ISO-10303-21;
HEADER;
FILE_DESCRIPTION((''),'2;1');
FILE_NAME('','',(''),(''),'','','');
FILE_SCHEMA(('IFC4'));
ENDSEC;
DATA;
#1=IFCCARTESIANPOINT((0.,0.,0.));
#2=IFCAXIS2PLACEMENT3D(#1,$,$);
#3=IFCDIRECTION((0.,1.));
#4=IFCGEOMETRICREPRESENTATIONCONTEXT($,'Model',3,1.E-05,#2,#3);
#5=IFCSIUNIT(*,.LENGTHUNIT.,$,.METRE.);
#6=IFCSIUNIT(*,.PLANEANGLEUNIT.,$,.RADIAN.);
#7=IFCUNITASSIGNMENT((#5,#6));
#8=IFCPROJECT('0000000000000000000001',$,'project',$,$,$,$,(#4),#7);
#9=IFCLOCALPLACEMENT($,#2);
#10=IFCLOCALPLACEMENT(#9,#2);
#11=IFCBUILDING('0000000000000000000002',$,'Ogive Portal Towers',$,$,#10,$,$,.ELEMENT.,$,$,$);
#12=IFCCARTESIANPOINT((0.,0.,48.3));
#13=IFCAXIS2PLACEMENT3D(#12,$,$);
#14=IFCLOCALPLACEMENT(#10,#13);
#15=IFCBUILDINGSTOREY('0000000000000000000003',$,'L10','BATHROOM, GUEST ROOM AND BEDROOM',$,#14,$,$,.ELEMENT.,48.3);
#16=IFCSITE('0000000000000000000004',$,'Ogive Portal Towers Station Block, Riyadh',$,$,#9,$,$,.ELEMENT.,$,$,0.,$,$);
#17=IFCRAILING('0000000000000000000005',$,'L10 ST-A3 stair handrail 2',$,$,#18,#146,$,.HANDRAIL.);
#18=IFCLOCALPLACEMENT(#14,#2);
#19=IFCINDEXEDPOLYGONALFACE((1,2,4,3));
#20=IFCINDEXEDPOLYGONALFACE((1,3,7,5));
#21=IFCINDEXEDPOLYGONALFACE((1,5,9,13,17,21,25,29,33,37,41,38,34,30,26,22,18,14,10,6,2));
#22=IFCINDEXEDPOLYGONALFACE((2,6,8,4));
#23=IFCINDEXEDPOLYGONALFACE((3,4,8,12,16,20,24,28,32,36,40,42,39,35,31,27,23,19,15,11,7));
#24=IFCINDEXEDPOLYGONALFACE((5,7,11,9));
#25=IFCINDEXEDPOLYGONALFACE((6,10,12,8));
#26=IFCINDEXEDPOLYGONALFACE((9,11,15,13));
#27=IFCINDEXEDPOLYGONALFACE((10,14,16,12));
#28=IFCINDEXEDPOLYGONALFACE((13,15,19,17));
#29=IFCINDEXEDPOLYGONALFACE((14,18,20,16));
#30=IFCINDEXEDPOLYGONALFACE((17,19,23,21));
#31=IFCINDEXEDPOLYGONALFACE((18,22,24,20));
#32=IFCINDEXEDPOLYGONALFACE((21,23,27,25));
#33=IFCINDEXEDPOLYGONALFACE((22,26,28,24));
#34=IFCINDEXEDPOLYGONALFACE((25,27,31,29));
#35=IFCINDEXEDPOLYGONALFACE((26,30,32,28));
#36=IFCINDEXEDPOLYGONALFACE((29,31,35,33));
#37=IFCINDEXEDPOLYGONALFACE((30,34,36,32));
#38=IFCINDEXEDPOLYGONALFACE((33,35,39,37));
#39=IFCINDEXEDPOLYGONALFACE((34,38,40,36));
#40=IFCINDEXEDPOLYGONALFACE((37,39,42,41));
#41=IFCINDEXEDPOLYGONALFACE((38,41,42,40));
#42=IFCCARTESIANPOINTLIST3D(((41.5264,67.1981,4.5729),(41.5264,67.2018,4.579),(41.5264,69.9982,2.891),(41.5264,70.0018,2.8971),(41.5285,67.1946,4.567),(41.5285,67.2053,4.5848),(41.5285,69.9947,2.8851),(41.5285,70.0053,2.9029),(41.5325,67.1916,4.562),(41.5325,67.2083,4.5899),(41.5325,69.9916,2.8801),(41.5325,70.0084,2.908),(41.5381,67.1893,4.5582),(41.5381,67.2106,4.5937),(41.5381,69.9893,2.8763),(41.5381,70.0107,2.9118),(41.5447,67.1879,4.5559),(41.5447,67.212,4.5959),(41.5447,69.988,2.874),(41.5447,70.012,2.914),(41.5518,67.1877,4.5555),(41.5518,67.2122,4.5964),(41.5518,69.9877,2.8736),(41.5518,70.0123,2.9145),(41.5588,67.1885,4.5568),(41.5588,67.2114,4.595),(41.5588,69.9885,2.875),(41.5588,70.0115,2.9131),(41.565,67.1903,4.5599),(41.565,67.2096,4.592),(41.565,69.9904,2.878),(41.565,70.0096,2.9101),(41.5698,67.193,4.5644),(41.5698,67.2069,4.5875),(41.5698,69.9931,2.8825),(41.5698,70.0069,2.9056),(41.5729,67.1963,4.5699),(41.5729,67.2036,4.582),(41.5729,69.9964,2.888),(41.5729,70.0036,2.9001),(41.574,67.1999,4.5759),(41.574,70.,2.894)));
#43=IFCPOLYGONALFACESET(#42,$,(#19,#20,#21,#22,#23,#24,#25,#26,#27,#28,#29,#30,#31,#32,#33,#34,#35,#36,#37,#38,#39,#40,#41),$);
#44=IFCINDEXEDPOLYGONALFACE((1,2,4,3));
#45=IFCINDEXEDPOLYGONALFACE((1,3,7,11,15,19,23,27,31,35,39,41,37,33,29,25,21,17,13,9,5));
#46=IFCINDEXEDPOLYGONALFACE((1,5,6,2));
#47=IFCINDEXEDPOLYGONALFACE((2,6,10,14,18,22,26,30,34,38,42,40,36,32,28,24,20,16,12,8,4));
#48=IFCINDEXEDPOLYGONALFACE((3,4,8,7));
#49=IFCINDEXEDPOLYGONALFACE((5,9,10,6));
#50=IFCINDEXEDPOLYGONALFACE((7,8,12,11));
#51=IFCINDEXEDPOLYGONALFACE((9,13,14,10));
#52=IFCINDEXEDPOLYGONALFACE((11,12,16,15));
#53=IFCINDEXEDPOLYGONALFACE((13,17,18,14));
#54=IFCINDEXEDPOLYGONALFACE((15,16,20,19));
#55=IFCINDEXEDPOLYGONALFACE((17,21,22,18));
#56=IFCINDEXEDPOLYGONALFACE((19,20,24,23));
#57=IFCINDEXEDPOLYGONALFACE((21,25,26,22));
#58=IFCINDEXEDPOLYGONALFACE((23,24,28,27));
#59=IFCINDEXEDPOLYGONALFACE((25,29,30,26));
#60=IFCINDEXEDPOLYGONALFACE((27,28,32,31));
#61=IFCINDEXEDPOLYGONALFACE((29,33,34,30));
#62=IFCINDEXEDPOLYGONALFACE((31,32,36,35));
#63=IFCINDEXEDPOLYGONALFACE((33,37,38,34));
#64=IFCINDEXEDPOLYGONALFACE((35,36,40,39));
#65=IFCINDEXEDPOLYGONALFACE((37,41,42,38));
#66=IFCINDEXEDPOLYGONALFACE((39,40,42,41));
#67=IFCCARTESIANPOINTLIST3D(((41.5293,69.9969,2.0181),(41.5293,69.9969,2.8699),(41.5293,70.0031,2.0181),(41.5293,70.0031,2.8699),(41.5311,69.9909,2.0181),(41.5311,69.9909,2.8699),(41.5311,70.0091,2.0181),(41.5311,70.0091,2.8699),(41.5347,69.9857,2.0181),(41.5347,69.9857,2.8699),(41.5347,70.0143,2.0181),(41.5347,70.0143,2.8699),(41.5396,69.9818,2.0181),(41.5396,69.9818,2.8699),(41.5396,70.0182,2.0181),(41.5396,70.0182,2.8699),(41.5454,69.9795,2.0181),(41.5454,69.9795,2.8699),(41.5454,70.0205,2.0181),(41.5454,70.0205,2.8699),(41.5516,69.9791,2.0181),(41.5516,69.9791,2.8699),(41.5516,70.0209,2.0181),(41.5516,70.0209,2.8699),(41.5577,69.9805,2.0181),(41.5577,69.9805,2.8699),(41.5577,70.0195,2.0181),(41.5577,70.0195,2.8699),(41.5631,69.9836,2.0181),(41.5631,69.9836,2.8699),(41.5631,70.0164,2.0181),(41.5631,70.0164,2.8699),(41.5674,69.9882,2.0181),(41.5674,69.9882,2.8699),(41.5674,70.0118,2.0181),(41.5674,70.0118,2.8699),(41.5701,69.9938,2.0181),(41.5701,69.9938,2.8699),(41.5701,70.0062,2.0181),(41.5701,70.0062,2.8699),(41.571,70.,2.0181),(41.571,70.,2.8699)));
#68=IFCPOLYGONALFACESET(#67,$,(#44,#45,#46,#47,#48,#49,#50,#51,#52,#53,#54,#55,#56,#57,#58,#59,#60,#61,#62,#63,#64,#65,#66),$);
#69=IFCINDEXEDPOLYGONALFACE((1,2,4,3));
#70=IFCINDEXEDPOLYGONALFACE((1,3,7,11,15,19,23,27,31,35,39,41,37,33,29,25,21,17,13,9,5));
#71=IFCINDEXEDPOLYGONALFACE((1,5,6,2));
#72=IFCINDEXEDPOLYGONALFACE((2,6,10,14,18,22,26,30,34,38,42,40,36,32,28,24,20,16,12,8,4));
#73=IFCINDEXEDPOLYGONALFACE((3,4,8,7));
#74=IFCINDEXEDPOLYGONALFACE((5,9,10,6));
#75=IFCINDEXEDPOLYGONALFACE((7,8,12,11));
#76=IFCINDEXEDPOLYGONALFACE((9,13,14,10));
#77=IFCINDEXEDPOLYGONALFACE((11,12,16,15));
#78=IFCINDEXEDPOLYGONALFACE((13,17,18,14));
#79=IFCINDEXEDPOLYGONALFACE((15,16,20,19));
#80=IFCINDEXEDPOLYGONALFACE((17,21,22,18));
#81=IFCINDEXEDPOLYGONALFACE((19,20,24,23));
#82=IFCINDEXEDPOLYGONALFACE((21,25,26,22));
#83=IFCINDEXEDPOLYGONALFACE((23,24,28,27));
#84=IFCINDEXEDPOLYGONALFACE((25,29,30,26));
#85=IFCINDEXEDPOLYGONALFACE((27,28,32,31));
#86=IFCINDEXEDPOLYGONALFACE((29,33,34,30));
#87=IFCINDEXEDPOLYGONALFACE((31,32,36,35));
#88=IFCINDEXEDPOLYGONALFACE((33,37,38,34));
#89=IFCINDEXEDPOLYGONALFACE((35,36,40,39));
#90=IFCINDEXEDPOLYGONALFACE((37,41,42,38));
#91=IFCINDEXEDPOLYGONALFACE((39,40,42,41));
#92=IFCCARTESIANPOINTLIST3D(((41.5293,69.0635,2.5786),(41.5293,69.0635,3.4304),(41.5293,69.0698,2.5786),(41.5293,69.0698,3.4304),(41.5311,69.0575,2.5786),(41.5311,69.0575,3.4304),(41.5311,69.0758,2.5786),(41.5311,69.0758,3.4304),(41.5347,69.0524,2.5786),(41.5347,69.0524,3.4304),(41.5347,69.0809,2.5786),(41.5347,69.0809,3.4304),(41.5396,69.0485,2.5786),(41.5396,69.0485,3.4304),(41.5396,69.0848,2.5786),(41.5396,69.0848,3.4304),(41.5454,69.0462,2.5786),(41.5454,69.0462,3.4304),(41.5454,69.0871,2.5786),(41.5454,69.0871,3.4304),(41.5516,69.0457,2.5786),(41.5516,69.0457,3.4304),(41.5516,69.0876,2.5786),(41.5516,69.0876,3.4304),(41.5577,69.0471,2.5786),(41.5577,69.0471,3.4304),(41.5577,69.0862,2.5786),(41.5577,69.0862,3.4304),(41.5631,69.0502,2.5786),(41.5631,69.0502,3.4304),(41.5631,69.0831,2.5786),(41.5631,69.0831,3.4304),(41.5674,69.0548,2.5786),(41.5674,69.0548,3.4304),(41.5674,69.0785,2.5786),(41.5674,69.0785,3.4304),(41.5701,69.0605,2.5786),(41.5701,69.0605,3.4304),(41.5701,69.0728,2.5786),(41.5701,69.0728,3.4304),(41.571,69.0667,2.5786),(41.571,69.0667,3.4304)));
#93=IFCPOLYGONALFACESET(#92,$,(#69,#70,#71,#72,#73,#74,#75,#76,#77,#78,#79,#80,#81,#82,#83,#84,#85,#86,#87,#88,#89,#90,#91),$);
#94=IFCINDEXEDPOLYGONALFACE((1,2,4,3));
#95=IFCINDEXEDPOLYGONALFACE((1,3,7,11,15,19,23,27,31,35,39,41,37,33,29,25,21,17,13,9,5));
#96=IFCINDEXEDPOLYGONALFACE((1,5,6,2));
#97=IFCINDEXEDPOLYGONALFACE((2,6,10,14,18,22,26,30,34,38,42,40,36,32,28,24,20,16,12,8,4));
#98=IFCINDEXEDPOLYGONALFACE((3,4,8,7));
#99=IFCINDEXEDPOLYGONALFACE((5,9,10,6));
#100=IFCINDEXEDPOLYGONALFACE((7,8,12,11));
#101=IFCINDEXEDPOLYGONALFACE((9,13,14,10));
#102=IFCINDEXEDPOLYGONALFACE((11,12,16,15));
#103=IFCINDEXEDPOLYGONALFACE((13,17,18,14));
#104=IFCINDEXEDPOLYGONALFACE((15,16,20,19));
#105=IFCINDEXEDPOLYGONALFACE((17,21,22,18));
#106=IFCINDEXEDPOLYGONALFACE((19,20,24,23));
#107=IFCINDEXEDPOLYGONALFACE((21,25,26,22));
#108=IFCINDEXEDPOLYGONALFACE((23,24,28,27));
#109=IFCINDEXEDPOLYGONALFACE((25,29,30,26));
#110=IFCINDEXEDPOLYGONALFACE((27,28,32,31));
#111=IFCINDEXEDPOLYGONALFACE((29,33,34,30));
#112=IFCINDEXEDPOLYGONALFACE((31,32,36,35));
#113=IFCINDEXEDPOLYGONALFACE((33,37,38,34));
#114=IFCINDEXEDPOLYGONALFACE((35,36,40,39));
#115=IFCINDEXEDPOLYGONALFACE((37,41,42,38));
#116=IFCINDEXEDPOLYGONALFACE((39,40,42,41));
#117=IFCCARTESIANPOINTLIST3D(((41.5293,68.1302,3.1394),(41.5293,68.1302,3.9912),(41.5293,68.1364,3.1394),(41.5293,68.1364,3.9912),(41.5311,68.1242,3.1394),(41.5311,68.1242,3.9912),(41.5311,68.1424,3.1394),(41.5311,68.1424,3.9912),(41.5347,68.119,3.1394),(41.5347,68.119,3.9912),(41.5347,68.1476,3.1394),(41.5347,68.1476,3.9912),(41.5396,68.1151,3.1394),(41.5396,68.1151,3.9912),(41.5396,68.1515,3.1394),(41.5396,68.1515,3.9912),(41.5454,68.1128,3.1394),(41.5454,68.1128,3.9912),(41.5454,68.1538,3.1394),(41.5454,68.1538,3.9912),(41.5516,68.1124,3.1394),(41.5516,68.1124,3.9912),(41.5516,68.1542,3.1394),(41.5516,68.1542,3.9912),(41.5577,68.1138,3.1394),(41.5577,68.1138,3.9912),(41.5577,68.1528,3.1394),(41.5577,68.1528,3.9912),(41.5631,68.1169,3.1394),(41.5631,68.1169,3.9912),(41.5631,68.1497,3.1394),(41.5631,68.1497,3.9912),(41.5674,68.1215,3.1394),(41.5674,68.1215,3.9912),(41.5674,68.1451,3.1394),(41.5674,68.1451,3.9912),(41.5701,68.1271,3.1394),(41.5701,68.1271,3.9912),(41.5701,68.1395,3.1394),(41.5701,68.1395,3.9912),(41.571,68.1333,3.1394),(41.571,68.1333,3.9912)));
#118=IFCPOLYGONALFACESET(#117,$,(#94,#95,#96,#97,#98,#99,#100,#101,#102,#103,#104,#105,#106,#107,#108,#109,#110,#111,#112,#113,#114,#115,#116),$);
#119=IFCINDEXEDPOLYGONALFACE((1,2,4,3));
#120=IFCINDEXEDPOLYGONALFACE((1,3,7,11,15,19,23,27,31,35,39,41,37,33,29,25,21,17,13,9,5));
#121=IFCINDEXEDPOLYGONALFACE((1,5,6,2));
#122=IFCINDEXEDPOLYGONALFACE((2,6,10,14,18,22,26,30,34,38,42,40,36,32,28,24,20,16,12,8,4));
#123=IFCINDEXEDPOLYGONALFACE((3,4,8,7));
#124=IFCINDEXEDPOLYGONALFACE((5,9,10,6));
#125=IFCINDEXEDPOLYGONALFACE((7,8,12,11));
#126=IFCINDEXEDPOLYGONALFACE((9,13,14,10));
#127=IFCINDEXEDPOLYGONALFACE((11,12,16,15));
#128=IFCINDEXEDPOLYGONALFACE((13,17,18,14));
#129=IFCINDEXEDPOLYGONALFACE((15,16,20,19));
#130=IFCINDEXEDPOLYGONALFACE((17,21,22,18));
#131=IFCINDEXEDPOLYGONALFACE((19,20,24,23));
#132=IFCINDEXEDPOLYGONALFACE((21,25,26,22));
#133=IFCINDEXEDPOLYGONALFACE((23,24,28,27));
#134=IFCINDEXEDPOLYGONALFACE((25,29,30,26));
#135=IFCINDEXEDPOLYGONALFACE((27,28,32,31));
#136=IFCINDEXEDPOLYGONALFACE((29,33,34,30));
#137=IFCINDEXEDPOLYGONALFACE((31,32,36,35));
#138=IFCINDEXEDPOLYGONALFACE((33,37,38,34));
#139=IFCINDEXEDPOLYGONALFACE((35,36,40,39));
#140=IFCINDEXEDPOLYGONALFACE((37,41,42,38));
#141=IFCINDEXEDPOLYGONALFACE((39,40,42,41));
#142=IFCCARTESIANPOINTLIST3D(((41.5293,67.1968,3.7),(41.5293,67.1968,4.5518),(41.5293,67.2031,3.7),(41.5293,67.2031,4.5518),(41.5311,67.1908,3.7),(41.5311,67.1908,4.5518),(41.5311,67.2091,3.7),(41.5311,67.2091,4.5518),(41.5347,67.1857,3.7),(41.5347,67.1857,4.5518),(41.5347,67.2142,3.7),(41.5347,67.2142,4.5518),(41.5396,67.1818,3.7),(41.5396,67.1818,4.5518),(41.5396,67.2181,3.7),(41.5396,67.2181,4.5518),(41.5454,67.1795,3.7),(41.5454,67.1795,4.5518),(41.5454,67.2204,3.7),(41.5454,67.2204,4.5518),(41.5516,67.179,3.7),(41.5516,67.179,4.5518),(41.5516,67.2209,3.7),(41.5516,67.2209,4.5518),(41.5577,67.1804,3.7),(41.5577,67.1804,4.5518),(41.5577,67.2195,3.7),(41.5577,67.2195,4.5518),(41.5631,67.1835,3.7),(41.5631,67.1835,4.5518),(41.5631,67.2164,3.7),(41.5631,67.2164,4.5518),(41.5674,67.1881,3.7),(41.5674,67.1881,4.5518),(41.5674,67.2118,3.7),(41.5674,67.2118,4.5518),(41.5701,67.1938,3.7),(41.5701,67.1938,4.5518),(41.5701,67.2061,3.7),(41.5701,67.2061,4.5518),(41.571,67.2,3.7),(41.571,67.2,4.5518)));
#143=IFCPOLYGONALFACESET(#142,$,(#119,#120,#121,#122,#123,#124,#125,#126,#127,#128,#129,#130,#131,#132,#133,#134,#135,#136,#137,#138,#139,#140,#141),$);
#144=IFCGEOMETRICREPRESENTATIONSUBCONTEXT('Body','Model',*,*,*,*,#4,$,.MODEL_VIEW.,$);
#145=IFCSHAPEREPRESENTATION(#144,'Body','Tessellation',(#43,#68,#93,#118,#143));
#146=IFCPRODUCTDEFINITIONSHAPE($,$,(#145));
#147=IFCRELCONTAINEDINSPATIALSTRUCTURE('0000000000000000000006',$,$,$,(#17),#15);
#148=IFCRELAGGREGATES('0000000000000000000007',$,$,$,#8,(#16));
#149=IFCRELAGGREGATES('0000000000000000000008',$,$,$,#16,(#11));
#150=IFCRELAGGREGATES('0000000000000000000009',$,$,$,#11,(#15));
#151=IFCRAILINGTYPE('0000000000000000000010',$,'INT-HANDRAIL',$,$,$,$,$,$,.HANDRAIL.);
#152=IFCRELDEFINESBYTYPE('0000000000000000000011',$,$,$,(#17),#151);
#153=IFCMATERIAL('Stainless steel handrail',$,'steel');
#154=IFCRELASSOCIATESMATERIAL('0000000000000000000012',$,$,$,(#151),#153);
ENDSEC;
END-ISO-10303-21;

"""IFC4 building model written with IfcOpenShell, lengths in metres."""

from ifc_helpers import new_model, si_unit, direction, frame, origin, origin_2d, place, context, subcontext, project, spatial, circle, extrude, material, type_object, element, save


model = new_model("IFC4")

# Units and contexts
model_context = context("Model", 3, precision=1e-05, world=origin(), true_north=direction((0.0, 1.0)))
body_context = subcontext(model_context, "Body", "Model", "MODEL_VIEW")
ifc_project = project(units=[si_unit("LENGTHUNIT", "METRE"), si_unit("PLANEANGLEUNIT", "RADIAN")], contexts=[model_context])

# Site, building, storey
site_placement = place(None, origin())
site = spatial("IfcSite", under=ifc_project, at=site_placement, Name="Ogive Portal Towers Station Block, Riyadh", CompositionType="ELEMENT", RefElevation=0.0)
building_placement = place(site_placement, origin())
building = spatial("IfcBuilding", under=site, at=building_placement, Name="Ogive Portal Towers", CompositionType="ELEMENT")
storey_placement = place(building_placement, frame((0.0, 0.0, 48.3)))
storey = spatial("IfcBuildingStorey", under=building, at=storey_placement, Name="L10", Description="BATHROOM, GUEST ROOM AND BEDROOM", CompositionType="ELEMENT", Elevation=48.3)

# Railing
ifc_material_1 = material(Name="Stainless steel handrail", Category="steel")
railing_type_1 = type_object("IfcRailingType", Name="INT-HANDRAIL", PredefinedType="HANDRAIL", material=ifc_material_1)
railing_1_placement = place(storey_placement, frame((41.55, 70.0, 2.0181)))
element("IfcRailing", 1, at=railing_1_placement, inside=storey, type_object=railing_type_1, Name="L10 ST-A3 stair handrail 2", PredefinedType="HANDRAIL", context=body_context, shape_type="SweptSolid", body=[
    extrude(circle(Radius=0.0239, at=origin_2d()), frame((0.0, 0.0, 0.876), z_axis=(0.0, -0.857242, 0.514913), x_axis=(1.0, 0.0, 0.0)), (0.0, 0.0, 1.0), 3.2664),
    extrude(circle(Radius=0.021, at=origin_2d()), origin(), (0.0, 0.0, 1.0), 0.8518),
    extrude(circle(Radius=0.021, at=origin_2d()), frame((0.0, -0.9333, 0.5605)), (0.0, 0.0, 1.0), 0.8518),
    extrude(circle(Radius=0.021, at=origin_2d()), frame((0.0, -1.8667, 1.1213)), (0.0, 0.0, 1.0), 0.8518),
    extrude(circle(Radius=0.021, at=origin_2d()), frame((0.0, -2.8, 1.6819)), (0.0, 0.0, 1.0), 0.8518),
])

save(model, "model.ifc")
